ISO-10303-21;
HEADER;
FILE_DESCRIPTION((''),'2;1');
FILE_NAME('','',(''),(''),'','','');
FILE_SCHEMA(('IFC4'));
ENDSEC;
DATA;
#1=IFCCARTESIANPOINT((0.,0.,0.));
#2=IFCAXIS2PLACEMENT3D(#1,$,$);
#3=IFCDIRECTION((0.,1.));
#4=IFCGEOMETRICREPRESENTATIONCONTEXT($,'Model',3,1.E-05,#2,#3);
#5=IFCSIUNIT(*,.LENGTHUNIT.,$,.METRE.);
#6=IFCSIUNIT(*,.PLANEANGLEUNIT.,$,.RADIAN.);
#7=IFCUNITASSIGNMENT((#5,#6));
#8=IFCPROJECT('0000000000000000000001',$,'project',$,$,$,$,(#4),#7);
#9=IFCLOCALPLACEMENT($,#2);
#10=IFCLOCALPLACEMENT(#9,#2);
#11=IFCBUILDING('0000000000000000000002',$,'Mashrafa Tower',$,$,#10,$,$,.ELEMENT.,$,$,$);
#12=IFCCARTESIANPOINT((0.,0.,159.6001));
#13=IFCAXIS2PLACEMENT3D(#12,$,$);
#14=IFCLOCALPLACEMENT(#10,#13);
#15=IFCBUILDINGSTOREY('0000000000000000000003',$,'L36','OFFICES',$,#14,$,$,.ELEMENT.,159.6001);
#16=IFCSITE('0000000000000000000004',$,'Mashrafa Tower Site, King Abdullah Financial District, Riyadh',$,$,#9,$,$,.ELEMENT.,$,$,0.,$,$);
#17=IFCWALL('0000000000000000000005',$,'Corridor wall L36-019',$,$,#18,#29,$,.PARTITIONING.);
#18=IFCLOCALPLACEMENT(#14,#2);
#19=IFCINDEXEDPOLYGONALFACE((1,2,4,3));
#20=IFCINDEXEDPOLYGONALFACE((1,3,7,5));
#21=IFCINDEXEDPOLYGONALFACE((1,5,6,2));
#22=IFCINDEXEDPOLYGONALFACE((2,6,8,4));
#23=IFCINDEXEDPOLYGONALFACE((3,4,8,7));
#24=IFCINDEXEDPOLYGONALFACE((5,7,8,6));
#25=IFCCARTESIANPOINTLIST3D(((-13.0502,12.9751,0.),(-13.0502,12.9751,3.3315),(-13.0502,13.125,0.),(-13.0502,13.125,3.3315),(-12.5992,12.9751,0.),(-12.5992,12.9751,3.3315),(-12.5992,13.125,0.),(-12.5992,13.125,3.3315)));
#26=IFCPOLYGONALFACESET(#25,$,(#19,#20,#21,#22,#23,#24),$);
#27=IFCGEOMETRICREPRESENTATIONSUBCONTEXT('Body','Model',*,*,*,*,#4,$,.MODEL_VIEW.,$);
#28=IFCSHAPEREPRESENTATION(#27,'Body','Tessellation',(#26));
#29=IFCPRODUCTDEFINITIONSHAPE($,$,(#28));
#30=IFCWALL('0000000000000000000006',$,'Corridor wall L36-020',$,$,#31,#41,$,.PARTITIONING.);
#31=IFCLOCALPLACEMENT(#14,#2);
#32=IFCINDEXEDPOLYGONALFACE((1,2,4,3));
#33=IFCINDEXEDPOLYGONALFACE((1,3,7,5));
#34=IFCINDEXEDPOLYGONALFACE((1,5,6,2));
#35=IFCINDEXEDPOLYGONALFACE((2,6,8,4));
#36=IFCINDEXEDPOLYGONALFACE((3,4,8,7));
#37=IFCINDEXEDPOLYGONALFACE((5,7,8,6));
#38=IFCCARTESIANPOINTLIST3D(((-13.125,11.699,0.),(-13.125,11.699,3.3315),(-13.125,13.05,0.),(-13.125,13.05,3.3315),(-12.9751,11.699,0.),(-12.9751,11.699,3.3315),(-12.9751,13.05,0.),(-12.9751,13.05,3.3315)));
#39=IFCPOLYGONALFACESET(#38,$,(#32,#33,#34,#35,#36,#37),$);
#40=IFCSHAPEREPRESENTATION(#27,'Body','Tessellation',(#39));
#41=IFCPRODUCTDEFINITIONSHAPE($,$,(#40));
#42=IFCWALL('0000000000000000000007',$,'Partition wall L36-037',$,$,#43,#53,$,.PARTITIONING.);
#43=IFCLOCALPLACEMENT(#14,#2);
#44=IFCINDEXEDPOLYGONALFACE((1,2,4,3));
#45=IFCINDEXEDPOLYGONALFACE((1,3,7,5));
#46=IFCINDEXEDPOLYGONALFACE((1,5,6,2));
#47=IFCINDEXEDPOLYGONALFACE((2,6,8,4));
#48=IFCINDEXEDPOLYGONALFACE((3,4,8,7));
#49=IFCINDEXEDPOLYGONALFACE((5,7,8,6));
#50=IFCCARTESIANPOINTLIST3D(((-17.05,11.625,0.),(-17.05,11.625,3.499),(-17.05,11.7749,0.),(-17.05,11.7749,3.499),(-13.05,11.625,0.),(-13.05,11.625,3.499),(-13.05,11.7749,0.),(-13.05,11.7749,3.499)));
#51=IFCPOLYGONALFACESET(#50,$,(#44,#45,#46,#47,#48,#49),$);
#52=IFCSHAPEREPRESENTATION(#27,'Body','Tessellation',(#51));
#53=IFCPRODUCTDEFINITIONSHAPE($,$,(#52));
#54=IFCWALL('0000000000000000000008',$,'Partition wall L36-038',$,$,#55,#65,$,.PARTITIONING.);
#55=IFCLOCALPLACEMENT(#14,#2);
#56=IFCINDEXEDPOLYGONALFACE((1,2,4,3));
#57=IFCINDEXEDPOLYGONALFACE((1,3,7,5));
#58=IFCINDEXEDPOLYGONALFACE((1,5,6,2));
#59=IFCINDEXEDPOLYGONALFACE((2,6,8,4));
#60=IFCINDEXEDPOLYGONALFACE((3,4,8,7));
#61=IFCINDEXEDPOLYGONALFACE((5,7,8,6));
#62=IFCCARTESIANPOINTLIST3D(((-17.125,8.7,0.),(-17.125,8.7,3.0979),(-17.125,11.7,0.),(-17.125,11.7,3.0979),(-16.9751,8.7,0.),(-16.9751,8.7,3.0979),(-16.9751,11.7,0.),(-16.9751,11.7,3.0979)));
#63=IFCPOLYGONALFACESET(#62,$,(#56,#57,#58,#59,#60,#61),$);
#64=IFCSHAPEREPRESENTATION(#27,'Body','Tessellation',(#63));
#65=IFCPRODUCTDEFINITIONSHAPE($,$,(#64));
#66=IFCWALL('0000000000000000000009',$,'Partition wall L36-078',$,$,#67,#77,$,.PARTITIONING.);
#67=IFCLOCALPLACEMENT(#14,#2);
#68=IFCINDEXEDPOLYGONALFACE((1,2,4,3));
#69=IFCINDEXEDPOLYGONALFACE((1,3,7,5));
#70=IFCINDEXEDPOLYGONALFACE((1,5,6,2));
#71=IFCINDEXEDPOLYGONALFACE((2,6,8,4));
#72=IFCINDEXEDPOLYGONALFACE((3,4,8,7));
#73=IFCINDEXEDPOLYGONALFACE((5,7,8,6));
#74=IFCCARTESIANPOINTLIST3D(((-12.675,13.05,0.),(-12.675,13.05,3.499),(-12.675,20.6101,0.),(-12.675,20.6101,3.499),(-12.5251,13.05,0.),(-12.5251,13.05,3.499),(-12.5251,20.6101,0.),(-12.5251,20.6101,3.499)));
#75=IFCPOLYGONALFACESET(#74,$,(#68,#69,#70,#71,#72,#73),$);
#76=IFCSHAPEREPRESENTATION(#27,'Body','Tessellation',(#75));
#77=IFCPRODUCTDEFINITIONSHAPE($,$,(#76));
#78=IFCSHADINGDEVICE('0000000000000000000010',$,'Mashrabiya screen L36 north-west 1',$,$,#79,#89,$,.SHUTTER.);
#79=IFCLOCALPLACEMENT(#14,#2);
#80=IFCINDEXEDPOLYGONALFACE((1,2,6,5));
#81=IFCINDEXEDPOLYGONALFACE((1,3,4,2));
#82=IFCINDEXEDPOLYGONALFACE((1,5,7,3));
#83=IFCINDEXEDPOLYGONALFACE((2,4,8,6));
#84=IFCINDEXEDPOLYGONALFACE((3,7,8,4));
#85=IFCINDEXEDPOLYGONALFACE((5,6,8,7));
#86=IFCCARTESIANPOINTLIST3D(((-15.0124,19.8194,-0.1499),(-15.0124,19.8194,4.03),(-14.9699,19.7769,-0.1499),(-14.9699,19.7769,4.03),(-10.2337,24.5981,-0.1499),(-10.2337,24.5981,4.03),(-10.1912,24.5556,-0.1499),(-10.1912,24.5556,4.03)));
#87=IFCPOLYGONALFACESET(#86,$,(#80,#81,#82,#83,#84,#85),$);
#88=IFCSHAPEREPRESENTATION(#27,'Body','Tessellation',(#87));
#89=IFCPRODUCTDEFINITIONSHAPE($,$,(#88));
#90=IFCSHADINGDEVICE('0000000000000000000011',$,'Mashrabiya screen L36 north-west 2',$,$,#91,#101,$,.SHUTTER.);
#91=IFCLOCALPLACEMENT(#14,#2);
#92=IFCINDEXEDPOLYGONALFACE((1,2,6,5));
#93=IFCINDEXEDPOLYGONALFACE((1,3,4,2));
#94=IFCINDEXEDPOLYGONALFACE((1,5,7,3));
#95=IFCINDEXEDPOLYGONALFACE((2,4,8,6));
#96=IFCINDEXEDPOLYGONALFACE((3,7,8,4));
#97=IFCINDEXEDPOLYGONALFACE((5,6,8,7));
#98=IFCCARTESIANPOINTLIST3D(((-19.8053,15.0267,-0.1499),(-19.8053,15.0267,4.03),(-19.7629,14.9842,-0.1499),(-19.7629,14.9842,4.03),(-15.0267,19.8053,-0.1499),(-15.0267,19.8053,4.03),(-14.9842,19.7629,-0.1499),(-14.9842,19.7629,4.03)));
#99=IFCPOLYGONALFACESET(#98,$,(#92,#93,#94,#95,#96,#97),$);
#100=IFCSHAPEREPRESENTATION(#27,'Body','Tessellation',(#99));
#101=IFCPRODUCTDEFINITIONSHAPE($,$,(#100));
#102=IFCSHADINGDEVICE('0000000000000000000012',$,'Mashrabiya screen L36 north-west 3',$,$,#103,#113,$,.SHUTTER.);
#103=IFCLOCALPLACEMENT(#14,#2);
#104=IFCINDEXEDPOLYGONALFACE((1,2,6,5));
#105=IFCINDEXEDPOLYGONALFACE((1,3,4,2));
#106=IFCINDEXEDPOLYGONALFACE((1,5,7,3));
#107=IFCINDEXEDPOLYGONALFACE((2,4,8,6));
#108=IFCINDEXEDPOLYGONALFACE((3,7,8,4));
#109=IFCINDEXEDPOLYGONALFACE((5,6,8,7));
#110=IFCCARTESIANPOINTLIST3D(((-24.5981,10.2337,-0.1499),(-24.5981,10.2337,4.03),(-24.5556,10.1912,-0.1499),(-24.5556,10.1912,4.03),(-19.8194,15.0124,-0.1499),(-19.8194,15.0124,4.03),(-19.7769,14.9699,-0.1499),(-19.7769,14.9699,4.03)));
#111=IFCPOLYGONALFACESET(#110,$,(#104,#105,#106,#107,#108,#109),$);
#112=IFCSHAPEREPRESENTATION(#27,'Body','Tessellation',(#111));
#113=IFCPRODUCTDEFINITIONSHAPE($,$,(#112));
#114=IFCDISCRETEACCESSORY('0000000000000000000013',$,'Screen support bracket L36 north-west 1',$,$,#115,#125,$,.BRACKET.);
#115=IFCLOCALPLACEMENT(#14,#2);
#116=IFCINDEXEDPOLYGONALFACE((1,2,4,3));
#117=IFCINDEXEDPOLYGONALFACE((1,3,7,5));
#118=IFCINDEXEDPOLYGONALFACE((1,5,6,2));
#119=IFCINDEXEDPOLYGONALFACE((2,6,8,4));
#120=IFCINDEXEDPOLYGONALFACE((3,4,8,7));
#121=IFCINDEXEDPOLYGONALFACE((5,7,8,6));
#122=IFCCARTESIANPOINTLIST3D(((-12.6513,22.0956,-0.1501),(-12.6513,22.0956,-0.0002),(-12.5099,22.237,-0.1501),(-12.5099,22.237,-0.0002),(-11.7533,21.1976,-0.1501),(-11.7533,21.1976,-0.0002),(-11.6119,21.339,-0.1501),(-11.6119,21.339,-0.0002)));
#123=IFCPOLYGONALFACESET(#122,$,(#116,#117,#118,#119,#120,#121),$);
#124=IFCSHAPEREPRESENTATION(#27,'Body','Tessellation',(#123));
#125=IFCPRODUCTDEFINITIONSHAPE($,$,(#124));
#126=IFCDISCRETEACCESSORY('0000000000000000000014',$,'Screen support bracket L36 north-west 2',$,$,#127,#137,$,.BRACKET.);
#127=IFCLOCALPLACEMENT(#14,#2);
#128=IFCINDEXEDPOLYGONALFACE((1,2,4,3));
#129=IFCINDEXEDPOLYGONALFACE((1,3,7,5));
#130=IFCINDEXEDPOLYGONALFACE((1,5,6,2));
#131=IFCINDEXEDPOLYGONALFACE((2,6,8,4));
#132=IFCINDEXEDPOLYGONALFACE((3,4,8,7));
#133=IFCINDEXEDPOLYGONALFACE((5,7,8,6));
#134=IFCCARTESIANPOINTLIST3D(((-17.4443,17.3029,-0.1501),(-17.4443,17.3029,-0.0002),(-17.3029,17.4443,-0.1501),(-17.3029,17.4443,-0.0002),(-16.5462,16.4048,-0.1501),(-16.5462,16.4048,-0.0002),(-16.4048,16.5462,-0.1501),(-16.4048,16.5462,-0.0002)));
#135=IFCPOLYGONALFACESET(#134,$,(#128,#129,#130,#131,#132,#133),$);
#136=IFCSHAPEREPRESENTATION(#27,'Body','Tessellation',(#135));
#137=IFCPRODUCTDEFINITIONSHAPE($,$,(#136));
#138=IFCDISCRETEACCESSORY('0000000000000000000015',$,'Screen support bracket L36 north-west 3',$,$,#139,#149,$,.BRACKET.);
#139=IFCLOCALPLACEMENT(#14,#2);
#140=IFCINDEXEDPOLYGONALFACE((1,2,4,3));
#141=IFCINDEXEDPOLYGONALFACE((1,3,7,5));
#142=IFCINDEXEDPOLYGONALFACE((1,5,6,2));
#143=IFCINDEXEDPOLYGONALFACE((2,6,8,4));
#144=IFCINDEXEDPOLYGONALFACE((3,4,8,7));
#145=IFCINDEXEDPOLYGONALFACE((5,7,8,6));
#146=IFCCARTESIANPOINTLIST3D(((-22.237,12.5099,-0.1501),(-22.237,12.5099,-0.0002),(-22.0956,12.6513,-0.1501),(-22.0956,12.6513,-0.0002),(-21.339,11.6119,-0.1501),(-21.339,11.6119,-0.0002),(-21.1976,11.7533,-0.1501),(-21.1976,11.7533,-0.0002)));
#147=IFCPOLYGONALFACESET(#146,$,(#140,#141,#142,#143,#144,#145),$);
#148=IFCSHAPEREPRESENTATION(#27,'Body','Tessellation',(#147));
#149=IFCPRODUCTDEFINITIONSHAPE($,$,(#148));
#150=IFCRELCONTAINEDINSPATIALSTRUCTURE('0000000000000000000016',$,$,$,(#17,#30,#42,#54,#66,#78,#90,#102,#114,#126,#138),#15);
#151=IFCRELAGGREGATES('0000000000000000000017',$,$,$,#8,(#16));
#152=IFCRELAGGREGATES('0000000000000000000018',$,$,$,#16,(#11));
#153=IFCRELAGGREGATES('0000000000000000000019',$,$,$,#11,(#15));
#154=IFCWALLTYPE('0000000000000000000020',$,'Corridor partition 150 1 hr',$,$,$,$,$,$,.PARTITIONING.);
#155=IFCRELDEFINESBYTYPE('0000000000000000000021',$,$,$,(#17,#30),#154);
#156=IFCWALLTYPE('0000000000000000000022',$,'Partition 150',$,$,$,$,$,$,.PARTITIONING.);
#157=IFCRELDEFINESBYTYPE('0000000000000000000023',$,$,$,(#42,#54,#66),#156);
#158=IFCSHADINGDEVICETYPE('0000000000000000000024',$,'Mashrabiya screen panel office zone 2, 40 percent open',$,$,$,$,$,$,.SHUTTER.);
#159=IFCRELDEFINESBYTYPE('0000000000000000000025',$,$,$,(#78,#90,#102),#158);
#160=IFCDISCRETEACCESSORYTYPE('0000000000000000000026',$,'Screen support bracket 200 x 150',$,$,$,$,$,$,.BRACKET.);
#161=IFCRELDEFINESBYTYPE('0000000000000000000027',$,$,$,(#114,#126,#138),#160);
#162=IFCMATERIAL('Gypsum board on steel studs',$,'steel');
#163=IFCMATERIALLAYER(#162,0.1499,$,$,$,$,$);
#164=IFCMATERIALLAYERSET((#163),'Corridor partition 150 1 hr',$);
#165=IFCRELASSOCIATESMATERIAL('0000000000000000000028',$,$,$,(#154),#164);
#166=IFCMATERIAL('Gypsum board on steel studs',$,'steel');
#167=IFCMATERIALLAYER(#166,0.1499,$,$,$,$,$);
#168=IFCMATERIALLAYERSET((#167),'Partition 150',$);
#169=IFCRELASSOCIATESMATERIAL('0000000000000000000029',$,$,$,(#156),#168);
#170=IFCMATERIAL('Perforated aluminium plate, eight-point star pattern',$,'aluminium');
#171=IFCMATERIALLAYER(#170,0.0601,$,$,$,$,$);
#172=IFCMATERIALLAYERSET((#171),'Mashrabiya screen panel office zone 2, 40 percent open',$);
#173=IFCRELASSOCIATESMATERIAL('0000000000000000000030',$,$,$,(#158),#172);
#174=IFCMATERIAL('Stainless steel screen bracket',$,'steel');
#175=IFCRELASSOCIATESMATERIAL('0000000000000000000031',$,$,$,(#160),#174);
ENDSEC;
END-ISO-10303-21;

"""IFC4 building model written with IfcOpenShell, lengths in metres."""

from ifc_helpers import new_model, si_unit, direction, frame, frame_2d, origin, origin_2d, place, context, subcontext, project, spatial, rectangle, extrude, source, transform, mapped, material, layer, layer_set, type_object, type_shapes, element, save


model = new_model("IFC4")

# Units and contexts
model_context = context("Model", 3, precision=1e-05, world=origin(), true_north=direction((0.0, 1.0)))
body_context = subcontext(model_context, "Body", "Model", "MODEL_VIEW")
ifc_project = project(units=[si_unit("LENGTHUNIT", "METRE"), si_unit("PLANEANGLEUNIT", "RADIAN")], contexts=[model_context])

# Site, building, storey
site_placement = place(None, origin())
site = spatial("IfcSite", under=ifc_project, at=site_placement, Name="Mashrafa Tower Site, King Abdullah Financial District, Riyadh", CompositionType="ELEMENT", RefElevation=0.0)
building_placement = place(site_placement, origin())
building = spatial("IfcBuilding", under=site, at=building_placement, Name="Mashrafa Tower", CompositionType="ELEMENT")
storey_placement = place(building_placement, frame((0.0, 0.0, 159.6001)))
storey = spatial("IfcBuildingStorey", under=building, at=storey_placement, Name="L36", Description="OFFICES", CompositionType="ELEMENT", Elevation=159.6001)

# Shared definitions
ifc_material_1 = material(Name="Gypsum board on steel studs", Category="steel")
ifc_layer_1 = layer(ifc_material_1, 0.1499)
ifc_layer_set_1 = layer_set([ifc_layer_1], Name="Corridor partition 150 1 hr")
wall_type_1 = type_object("IfcWallType", Name="Corridor partition 150 1 hr", PredefinedType="PARTITIONING", material=ifc_layer_set_1)

# Walls
wall_1_placement = place(storey_placement, frame((-12.5991, 13.05, 0.0), z_axis=(0.0, 0.0, 1.0), x_axis=(-1.0, 0.0, 0.0)))
element("IfcWall", 1, at=wall_1_placement, inside=storey, type_object=wall_type_1, Name="Corridor wall L36-019", PredefinedType="PARTITIONING", context=body_context, shape_type="SweptSolid", body=[
    extrude(rectangle(XDim=0.4509, YDim=0.1499, at=frame_2d((0.2256, 0.0))), origin(), (0.0, 0.0, 1.0), 3.3315),
])
wall_2_placement = place(storey_placement, frame((-13.05, 13.05, 0.0), z_axis=(0.0, 0.0, 1.0), x_axis=(0.0, -1.0, 0.0)))
element("IfcWall", 2, at=wall_2_placement, inside=storey, type_object=wall_type_1, Name="Corridor wall L36-020", PredefinedType="PARTITIONING", context=body_context, shape_type="SweptSolid", body=[
    extrude(rectangle(XDim=1.3511, YDim=0.1499, at=frame_2d((0.6755, 0.0))), origin(), (0.0, 0.0, 1.0), 3.3315),
])
ifc_material_2 = material(Name="Gypsum board on steel studs", Category="steel")
ifc_layer_2 = layer(ifc_material_2, 0.1499)
ifc_layer_set_2 = layer_set([ifc_layer_2], Name="Partition 150")
wall_type_2 = type_object("IfcWallType", Name="Partition 150", PredefinedType="PARTITIONING", material=ifc_layer_set_2)
wall_3_placement = place(storey_placement, frame((-13.05, 11.7, 0.0), z_axis=(0.0, 0.0, 1.0), x_axis=(-1.0, 0.0, 0.0)))
element("IfcWall", 3, at=wall_3_placement, inside=storey, type_object=wall_type_2, Name="Partition wall L36-037", PredefinedType="PARTITIONING", context=body_context, shape_type="SweptSolid", body=[
    extrude(rectangle(XDim=4.0, YDim=0.1499, at=frame_2d((2.0, 0.0))), origin(), (0.0, 0.0, 1.0), 3.499),
])
wall_4_placement = place(storey_placement, frame((-17.05, 11.7, 0.0), z_axis=(0.0, 0.0, 1.0), x_axis=(0.0, -1.0, 0.0)))
element("IfcWall", 4, at=wall_4_placement, inside=storey, type_object=wall_type_2, Name="Partition wall L36-038", PredefinedType="PARTITIONING", context=body_context, shape_type="SweptSolid", body=[
    extrude(rectangle(XDim=3.0, YDim=0.1499, at=frame_2d((1.5, 0.0))), origin(), (0.0, 0.0, 1.0), 3.0979),
])
wall_5_placement = place(storey_placement, frame((-12.6001, 13.05, 0.0), z_axis=(0.0, 0.0, 1.0), x_axis=(0.0, 1.0, 0.0)))
element("IfcWall", 5, at=wall_5_placement, inside=storey, type_object=wall_type_2, Name="Partition wall L36-078", PredefinedType="PARTITIONING", context=body_context, shape_type="SweptSolid", body=[
    extrude(rectangle(XDim=7.5601, YDim=0.1499, at=frame_2d((3.78, 0.0))), origin(), (0.0, 0.0, 1.0), 3.499),
])

# Shading devices
ifc_material_3 = material(Name="Perforated aluminium plate, eight-point star pattern", Category="aluminium")
ifc_layer_3 = layer(ifc_material_3, 0.0601)
ifc_layer_set_3 = layer_set([ifc_layer_3], Name="Mashrabiya screen panel office zone 2, 40 percent open")
shading_device_type = type_object("IfcShadingDeviceType", Name="Mashrabiya screen panel office zone 2, 40 percent open", PredefinedType="SHUTTER", material=ifc_layer_set_3)
shared_shape_1 = source(origin(), body_context, "Body", "SweptSolid", [
    extrude(rectangle(XDim=6.7581, YDim=0.0601, at=origin_2d()), origin(), (0.0, 0.0, 1.0), 4.1799),
])
type_shapes(shading_device_type, [shared_shape_1])
for number, where, z_axis, x_axis, name in (
    (6, (-12.6018, 22.1875, -0.1499), (0.0, 0.0, 1.0), (-0.707107, -0.707107, 0.0), "Mashrabiya screen L36 north-west 1"),
    (7, (-17.3948, 17.3948, -0.1499), (0.0, 0.0, 1.0), (-0.707107, -0.707107, 0.0), "Mashrabiya screen L36 north-west 2"),
    (8, (-22.1875, 12.6018, -0.1499), (0.0, 0.0, 1.0), (-0.707107, -0.707107, 0.0), "Mashrabiya screen L36 north-west 3"),
):
    element("IfcShadingDevice", number, at=place(storey_placement, frame(where, z_axis=z_axis, x_axis=x_axis)), inside=storey, type_object=shading_device_type, Name=name, PredefinedType="SHUTTER", context=body_context, shape_type="MappedRepresentation", body=[
        mapped(shared_shape_1, transform((0.0, 0.0, 0.0))),
    ])

# Discrete accessories
ifc_material_4 = material(Name="Stainless steel screen bracket", Category="steel")
discrete_accessory_type = type_object("IfcDiscreteAccessoryType", Name="Screen support bracket 200 x 150", PredefinedType="BRACKET", material=ifc_material_4)
shared_shape_2 = source(origin(), body_context, "Body", "SweptSolid", [
    extrude(rectangle(XDim=0.2, YDim=1.27, at=origin_2d()), origin(), (0.0, 0.0, 1.0), 0.1499),
])
type_shapes(discrete_accessory_type, [shared_shape_2])
for number, where, z_axis, x_axis, name in (
    (9, (-12.1316, 21.7173, -0.1501), (0.0, 0.0, 1.0), (-0.707107, -0.707107, 0.0), "Screen support bracket L36 north-west 1"),
    (10, (-16.9246, 16.9246, -0.1501), (0.0, 0.0, 1.0), (-0.707107, -0.707107, 0.0), "Screen support bracket L36 north-west 2"),
    (11, (-21.7173, 12.1316, -0.1501), (0.0, 0.0, 1.0), (-0.707107, -0.707107, 0.0), "Screen support bracket L36 north-west 3"),
):
    element("IfcDiscreteAccessory", number, at=place(storey_placement, frame(where, z_axis=z_axis, x_axis=x_axis)), inside=storey, type_object=discrete_accessory_type, Name=name, PredefinedType="BRACKET", context=body_context, shape_type="MappedRepresentation", body=[
        mapped(shared_shape_2, transform((0.0, 0.0, 0.0))),
    ])

save(model, "model.ifc")
